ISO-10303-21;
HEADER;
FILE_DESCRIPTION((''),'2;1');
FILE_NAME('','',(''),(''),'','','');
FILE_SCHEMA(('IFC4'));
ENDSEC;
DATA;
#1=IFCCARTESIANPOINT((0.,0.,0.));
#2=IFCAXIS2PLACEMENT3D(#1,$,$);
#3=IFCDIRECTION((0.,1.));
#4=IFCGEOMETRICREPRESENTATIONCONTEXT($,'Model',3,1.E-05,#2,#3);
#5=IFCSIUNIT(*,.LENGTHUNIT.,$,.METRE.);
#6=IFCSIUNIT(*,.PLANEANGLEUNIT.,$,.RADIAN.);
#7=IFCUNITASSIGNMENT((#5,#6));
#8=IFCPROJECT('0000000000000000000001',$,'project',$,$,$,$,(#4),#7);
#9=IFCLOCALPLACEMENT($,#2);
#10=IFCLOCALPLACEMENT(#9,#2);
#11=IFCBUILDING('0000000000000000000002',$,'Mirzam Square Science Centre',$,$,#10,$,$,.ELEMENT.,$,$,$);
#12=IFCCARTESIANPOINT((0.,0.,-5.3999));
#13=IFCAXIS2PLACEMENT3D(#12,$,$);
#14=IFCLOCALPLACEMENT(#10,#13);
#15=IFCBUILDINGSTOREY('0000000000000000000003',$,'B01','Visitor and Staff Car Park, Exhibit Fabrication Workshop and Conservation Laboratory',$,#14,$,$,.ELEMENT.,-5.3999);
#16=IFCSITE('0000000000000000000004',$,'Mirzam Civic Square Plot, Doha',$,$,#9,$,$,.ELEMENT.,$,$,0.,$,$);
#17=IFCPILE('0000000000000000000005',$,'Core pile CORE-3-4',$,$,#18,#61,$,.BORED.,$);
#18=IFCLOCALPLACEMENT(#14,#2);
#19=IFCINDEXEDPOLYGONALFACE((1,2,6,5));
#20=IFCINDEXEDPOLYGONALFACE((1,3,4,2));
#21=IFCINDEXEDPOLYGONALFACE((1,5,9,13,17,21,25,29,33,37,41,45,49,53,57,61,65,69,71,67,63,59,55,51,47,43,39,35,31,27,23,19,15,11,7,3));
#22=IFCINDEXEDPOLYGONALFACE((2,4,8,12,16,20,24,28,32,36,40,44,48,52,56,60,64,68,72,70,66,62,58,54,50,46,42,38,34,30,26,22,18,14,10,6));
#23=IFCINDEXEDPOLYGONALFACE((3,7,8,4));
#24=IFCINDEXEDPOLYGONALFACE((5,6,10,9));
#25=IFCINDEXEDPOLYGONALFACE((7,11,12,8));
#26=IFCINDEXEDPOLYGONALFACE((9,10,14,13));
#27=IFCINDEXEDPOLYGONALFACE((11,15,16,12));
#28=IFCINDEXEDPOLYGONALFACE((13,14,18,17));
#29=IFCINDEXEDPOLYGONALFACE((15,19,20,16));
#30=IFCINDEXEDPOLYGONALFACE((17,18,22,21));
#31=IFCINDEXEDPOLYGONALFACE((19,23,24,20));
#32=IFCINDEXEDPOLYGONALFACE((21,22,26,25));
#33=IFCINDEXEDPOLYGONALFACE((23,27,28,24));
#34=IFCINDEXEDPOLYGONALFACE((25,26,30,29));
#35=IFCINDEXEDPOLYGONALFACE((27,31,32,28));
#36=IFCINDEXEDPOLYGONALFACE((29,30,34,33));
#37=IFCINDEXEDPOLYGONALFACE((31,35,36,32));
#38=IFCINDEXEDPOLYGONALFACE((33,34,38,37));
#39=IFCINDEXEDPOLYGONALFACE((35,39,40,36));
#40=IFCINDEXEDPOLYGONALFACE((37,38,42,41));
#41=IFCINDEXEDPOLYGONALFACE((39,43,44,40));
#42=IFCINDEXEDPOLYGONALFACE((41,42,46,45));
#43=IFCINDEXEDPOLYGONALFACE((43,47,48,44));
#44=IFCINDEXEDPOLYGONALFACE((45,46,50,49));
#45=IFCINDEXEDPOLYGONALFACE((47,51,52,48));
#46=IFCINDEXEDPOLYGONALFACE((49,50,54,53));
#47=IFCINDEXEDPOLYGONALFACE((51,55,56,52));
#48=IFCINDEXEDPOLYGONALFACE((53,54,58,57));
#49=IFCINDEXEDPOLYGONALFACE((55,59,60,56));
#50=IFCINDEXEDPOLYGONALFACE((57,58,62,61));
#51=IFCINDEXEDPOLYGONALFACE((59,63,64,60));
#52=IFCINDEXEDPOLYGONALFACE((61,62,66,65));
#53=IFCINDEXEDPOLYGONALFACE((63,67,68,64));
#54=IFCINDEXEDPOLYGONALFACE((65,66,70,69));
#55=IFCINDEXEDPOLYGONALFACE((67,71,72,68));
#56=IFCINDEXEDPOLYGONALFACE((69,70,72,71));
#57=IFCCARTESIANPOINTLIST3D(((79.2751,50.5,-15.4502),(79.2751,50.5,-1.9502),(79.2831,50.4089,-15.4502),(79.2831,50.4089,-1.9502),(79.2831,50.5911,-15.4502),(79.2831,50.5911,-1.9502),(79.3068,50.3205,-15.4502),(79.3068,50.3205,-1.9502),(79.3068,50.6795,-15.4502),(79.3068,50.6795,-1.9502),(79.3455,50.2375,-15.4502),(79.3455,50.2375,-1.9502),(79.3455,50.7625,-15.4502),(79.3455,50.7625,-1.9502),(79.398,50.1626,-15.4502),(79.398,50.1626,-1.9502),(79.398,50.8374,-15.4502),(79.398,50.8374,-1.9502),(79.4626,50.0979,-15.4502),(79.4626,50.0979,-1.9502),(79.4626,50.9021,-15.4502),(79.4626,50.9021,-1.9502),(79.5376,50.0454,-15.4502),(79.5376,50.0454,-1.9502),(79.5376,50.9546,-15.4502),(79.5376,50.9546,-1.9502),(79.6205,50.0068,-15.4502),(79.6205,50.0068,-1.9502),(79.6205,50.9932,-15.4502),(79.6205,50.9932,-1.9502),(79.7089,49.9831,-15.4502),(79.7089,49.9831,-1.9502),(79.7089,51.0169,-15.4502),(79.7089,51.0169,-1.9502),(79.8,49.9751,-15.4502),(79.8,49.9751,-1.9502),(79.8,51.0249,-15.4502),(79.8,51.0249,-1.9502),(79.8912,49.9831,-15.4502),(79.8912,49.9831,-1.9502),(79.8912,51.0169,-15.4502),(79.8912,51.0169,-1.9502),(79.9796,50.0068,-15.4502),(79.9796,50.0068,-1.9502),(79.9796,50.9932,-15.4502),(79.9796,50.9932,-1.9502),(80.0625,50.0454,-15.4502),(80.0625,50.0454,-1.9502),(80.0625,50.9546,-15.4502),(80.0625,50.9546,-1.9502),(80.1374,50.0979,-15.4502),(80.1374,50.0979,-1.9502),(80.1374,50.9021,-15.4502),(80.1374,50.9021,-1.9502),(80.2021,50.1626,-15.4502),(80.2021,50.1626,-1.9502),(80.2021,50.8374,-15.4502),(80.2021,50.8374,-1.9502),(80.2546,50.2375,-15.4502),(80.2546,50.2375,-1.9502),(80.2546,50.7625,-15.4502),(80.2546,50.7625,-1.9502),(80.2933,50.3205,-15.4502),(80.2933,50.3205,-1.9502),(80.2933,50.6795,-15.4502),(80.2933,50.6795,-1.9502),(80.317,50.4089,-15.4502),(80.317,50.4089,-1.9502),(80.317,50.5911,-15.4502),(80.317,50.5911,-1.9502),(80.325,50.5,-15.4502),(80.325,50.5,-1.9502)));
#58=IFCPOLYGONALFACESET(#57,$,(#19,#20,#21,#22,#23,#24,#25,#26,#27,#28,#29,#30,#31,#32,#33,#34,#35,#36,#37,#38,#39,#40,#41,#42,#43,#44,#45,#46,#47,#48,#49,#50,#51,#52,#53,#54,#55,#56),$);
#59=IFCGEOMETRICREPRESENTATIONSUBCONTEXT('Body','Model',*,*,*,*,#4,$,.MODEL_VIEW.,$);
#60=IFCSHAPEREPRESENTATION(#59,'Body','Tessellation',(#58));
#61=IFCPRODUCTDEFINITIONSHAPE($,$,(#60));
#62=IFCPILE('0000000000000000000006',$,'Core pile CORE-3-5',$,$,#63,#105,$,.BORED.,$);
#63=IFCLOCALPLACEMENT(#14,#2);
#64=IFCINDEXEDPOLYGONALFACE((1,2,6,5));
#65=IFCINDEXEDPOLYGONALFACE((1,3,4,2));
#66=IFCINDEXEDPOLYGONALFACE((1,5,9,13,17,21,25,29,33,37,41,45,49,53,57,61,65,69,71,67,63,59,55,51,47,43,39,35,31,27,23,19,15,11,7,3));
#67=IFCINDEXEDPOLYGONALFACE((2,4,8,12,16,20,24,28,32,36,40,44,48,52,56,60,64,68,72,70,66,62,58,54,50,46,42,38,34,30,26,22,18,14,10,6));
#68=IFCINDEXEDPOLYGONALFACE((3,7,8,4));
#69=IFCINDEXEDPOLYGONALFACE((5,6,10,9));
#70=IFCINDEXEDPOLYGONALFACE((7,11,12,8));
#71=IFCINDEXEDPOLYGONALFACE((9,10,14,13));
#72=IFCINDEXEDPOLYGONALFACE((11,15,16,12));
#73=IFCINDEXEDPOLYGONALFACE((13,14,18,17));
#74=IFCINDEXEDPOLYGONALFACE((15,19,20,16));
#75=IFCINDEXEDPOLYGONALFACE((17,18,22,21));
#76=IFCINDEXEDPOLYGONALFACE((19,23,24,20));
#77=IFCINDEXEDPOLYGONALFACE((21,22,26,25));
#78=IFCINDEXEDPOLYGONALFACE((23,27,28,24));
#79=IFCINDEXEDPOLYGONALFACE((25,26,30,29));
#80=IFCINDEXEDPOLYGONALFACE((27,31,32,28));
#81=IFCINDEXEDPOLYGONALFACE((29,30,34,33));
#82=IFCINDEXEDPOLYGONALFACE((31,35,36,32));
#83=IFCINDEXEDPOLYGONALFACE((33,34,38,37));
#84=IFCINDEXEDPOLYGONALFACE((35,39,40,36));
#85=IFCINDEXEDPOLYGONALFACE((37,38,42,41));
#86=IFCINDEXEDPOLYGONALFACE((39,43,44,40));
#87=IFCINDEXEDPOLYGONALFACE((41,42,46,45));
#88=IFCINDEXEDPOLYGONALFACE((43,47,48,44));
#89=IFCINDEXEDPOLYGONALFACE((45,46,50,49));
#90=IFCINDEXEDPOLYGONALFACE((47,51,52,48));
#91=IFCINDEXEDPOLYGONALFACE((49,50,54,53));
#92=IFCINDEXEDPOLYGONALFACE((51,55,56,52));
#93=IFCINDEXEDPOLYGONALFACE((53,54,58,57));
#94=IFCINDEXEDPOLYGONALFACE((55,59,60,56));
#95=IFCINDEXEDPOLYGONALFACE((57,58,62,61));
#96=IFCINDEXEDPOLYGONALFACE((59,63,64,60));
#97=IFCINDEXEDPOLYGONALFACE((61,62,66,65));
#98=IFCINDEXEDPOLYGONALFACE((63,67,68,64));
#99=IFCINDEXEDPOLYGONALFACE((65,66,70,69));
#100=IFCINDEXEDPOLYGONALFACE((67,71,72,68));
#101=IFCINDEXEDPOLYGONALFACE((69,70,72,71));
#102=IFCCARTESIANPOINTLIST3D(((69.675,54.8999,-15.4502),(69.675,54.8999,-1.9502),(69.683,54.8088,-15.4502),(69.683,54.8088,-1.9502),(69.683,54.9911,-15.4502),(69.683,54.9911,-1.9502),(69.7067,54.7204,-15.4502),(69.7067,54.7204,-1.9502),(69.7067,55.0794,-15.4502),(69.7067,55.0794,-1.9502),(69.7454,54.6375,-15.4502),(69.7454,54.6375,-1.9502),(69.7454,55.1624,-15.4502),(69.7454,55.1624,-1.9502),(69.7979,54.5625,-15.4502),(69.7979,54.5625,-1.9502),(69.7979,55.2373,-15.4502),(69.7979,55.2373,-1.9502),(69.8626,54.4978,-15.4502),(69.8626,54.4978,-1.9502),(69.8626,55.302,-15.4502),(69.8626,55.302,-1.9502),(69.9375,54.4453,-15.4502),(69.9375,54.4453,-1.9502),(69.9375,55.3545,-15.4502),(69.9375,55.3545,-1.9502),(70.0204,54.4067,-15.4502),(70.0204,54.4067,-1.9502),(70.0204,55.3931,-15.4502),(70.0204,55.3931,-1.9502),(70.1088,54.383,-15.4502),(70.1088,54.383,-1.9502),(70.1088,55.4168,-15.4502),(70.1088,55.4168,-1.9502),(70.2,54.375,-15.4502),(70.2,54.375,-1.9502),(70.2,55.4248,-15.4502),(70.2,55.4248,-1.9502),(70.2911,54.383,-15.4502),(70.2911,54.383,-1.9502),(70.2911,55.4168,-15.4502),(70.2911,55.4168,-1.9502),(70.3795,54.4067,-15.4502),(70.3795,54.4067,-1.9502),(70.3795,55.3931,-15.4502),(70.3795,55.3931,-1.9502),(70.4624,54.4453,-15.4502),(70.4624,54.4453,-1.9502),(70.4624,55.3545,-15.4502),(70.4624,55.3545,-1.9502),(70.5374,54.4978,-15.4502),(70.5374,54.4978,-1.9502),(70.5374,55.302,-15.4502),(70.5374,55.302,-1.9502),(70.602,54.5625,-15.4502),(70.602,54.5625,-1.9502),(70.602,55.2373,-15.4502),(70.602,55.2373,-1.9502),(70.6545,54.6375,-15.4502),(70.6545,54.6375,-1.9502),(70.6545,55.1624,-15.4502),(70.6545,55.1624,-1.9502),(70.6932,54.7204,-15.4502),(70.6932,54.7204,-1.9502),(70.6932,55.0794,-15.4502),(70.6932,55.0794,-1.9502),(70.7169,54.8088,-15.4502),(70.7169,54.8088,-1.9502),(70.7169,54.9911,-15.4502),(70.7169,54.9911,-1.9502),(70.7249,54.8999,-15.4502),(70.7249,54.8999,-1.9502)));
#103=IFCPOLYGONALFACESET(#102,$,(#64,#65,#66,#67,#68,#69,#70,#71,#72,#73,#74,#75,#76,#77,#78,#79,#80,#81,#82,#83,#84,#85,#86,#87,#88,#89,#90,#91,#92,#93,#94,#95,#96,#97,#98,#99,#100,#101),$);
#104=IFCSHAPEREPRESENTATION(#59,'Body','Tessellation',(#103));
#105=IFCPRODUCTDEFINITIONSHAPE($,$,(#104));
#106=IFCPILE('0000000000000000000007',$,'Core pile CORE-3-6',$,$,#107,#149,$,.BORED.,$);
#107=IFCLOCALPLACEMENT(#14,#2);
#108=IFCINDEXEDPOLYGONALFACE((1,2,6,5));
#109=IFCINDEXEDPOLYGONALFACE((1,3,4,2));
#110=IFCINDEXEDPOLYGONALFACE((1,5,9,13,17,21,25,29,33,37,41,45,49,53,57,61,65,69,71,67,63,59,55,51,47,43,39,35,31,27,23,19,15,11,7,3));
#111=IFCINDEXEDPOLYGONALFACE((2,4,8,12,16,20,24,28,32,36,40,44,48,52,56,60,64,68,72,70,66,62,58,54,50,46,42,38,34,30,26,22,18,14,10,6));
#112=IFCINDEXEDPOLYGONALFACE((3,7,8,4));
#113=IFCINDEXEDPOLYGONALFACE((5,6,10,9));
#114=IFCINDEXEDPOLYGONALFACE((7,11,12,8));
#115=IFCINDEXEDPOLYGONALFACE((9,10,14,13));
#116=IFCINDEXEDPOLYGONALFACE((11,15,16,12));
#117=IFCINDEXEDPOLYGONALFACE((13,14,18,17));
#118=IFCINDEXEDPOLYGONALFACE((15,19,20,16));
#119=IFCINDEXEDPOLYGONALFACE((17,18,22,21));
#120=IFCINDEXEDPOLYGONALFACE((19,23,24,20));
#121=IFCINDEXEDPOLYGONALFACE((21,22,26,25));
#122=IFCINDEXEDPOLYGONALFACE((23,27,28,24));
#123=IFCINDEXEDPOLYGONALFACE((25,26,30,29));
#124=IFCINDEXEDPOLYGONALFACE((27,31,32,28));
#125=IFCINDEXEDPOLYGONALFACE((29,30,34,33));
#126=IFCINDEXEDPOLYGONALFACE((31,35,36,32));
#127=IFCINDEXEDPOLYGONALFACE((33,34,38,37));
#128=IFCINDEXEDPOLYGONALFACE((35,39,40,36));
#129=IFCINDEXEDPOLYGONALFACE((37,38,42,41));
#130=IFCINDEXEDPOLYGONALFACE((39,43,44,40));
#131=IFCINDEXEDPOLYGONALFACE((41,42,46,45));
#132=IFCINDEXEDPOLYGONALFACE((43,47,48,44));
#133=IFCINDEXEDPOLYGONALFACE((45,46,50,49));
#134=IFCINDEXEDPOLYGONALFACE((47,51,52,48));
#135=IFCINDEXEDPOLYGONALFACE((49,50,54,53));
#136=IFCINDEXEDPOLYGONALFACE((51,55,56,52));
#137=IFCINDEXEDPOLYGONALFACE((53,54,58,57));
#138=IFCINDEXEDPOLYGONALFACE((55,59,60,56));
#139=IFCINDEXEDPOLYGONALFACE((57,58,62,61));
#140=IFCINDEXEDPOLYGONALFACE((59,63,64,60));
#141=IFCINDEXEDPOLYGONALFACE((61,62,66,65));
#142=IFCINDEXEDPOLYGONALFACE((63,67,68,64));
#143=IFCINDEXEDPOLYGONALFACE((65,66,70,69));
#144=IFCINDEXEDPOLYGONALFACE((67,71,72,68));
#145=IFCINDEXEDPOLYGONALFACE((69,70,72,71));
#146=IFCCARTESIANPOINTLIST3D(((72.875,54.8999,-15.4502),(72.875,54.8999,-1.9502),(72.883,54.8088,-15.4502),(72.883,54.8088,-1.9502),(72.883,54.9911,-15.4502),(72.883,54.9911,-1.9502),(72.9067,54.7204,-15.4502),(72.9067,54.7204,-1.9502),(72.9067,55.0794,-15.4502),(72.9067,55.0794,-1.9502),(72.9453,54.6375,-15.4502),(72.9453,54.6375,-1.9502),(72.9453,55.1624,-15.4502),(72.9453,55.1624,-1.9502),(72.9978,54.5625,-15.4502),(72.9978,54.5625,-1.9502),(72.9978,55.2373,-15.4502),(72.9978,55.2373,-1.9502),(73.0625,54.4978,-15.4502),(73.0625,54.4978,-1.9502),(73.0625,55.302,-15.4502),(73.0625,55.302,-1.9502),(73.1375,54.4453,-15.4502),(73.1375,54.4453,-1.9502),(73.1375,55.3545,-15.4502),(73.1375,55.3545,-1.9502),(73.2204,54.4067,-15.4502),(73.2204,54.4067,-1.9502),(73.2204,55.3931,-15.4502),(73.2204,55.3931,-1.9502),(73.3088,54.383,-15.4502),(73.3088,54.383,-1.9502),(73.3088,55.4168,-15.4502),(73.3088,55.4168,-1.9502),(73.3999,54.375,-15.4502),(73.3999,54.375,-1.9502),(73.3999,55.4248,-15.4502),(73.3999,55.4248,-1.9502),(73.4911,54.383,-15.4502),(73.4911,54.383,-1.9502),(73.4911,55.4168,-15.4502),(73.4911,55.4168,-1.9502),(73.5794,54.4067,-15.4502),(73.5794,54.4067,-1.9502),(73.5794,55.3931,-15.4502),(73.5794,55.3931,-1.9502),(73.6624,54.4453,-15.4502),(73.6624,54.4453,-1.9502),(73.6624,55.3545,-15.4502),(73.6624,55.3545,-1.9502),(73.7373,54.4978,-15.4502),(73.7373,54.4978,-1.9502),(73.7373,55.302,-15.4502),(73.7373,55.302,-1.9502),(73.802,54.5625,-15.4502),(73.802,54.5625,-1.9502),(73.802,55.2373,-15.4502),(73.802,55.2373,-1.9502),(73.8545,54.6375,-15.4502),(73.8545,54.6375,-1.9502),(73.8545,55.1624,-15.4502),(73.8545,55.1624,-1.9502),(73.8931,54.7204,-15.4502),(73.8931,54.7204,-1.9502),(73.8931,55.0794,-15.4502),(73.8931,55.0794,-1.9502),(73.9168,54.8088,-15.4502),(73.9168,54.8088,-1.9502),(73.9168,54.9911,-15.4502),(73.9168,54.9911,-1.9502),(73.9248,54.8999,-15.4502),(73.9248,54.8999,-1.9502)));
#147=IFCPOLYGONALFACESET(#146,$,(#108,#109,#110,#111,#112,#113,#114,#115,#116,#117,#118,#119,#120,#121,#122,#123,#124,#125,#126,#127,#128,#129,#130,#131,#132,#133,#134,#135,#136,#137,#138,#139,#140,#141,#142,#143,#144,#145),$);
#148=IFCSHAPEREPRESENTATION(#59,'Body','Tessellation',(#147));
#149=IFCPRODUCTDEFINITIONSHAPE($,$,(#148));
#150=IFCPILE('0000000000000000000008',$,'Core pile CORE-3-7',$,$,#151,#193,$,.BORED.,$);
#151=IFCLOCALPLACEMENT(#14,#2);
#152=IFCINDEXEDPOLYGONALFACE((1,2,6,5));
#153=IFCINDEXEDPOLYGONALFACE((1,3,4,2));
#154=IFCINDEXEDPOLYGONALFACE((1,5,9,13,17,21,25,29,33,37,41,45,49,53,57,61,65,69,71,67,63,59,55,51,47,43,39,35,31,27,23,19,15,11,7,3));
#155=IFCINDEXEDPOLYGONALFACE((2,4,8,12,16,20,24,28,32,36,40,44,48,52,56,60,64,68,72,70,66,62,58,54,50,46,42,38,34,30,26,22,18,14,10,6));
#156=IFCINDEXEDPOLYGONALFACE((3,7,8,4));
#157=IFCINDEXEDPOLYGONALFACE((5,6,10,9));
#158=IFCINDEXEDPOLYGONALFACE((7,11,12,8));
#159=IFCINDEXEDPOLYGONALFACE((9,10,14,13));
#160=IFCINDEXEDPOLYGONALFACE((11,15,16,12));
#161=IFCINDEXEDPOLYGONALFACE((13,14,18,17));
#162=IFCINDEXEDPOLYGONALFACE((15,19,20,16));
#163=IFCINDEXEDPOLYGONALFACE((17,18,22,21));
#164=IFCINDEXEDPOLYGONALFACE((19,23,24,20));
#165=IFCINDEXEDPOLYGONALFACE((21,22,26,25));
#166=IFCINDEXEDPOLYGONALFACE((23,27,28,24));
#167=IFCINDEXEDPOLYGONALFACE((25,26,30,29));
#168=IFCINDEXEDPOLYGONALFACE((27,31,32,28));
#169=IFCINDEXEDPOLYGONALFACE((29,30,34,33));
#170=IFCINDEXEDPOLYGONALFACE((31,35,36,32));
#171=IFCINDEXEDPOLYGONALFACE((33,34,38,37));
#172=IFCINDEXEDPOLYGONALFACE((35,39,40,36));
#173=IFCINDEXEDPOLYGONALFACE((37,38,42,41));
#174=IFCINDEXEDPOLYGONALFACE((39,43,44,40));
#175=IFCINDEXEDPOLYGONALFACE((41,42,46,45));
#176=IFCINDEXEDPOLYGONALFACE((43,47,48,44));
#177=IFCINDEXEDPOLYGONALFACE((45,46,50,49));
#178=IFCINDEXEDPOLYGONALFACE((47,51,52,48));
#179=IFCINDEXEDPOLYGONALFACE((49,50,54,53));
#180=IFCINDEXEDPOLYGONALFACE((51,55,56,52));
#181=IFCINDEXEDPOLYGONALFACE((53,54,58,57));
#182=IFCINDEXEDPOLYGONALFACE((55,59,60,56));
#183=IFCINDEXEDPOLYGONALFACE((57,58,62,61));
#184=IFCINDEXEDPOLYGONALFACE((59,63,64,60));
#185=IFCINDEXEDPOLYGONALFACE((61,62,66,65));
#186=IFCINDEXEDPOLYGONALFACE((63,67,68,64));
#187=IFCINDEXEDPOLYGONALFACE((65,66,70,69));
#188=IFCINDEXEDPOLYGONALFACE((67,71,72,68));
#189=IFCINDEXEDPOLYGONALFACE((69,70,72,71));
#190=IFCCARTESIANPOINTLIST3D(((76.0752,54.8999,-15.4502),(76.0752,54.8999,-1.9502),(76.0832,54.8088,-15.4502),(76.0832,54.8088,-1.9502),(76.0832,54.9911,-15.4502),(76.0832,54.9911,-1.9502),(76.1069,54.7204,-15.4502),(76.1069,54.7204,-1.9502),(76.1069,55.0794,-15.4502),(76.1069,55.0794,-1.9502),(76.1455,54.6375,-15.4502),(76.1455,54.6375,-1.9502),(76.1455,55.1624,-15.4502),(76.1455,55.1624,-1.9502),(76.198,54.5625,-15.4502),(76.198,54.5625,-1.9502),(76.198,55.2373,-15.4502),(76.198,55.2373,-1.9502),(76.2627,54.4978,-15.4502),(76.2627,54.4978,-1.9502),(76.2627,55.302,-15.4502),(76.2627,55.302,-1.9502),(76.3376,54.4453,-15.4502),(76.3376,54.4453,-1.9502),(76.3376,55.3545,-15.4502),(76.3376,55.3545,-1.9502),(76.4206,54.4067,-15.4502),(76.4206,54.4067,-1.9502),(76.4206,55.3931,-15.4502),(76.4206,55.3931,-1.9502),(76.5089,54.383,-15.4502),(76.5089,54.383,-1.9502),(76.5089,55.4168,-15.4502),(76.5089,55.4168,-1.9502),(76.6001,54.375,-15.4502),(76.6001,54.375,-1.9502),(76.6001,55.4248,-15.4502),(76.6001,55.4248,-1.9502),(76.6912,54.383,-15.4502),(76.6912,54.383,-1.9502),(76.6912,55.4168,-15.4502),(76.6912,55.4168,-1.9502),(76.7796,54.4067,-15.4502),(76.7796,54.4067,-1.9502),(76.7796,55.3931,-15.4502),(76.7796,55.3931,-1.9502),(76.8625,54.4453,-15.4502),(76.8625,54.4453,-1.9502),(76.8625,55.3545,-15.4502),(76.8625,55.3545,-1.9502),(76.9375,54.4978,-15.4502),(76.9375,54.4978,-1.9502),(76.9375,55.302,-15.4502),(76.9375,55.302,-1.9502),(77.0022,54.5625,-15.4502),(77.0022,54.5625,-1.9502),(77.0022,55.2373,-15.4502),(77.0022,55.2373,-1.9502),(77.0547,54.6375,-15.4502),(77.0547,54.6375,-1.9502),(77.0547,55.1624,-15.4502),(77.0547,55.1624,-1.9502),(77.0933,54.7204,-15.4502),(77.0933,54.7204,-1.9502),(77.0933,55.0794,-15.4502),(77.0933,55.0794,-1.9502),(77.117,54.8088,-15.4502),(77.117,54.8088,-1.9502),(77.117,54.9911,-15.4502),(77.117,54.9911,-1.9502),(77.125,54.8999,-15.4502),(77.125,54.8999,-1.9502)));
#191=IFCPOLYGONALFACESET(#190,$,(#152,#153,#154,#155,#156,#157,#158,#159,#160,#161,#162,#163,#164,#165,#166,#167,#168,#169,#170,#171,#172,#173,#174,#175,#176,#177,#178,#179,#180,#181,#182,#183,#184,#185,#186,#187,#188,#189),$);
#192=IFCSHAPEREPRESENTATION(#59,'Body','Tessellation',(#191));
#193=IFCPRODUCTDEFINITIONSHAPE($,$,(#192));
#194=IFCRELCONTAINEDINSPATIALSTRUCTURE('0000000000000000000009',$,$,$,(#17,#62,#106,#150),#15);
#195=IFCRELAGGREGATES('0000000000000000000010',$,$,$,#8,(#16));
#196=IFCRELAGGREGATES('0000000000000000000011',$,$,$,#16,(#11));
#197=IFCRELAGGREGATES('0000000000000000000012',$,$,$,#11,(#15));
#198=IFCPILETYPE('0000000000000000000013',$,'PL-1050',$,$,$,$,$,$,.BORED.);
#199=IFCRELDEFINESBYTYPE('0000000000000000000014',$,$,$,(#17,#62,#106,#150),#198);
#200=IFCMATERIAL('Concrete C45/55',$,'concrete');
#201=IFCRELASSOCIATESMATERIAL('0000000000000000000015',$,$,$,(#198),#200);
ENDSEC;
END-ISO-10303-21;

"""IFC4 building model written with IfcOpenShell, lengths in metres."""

from ifc_helpers import new_model, si_unit, direction, frame, origin, origin_2d, place, context, subcontext, project, spatial, circle, extrude, material, material_profile, profile_set, type_object, element, save


model = new_model("IFC4")

# Units and contexts
model_context = context("Model", 3, precision=1e-05, world=origin(), true_north=direction((0.0, 1.0)))
body_context = subcontext(model_context, "Body", "Model", "MODEL_VIEW")
ifc_project = project(units=[si_unit("LENGTHUNIT", "METRE"), si_unit("PLANEANGLEUNIT", "RADIAN")], contexts=[model_context])

# Site, building, storey
site_placement = place(None, origin())
site = spatial("IfcSite", under=ifc_project, at=site_placement, Name="Mirzam Civic Square Plot, Doha", CompositionType="ELEMENT", RefElevation=0.0)
building_placement = place(site_placement, origin())
building = spatial("IfcBuilding", under=site, at=building_placement, Name="Mirzam Square Science Centre", CompositionType="ELEMENT")
storey_placement = place(building_placement, frame((0.0, 0.0, -5.3999)))
storey = spatial("IfcBuildingStorey", under=building, at=storey_placement, Name="B01", Description="Visitor and Staff Car Park, Exhibit Fabrication Workshop and Conservation Laboratory", CompositionType="ELEMENT", Elevation=-5.3999)

# Shared definitions
ifc_material_1 = material(Name="Concrete C45/55", Category="concrete")

# Piles
ifc_material_profile_1 = material_profile(ifc_material_1, circle(Radius=0.5249, at=origin_2d()), Name="PILE-D1050")
ifc_profile_set_1 = profile_set([ifc_material_profile_1], Name="Concrete C45/55")
pile_type = type_object("IfcPileType", Name="PL-1050", PredefinedType="BORED", material=ifc_profile_set_1)
for number, where, z_axis, x_axis, name in (
    (1, (79.8, 50.5, -1.9502), (0.0, 0.0, -1.0), (1.0, 0.0, 0.0), "Core pile CORE-3-4"),
    (2, (70.2, 54.8999, -1.9502), (0.0, 0.0, -1.0), (1.0, 0.0, 0.0), "Core pile CORE-3-5"),
    (3, (73.3999, 54.8999, -1.9502), (0.0, 0.0, -1.0), (1.0, 0.0, 0.0), "Core pile CORE-3-6"),
    (4, (76.6001, 54.8999, -1.9502), (0.0, 0.0, -1.0), (1.0, 0.0, 0.0), "Core pile CORE-3-7"),
):
    element("IfcPile", number, at=place(storey_placement, frame(where, z_axis=z_axis, x_axis=x_axis)), inside=storey, type_object=pile_type, Name=name, PredefinedType="BORED", context=body_context, shape_type="SweptSolid", body=[
        extrude(circle(Radius=0.5249, at=origin_2d()), origin(), (0.0, 0.0, 1.0), 13.5),
    ])

save(model, "model.ifc")
